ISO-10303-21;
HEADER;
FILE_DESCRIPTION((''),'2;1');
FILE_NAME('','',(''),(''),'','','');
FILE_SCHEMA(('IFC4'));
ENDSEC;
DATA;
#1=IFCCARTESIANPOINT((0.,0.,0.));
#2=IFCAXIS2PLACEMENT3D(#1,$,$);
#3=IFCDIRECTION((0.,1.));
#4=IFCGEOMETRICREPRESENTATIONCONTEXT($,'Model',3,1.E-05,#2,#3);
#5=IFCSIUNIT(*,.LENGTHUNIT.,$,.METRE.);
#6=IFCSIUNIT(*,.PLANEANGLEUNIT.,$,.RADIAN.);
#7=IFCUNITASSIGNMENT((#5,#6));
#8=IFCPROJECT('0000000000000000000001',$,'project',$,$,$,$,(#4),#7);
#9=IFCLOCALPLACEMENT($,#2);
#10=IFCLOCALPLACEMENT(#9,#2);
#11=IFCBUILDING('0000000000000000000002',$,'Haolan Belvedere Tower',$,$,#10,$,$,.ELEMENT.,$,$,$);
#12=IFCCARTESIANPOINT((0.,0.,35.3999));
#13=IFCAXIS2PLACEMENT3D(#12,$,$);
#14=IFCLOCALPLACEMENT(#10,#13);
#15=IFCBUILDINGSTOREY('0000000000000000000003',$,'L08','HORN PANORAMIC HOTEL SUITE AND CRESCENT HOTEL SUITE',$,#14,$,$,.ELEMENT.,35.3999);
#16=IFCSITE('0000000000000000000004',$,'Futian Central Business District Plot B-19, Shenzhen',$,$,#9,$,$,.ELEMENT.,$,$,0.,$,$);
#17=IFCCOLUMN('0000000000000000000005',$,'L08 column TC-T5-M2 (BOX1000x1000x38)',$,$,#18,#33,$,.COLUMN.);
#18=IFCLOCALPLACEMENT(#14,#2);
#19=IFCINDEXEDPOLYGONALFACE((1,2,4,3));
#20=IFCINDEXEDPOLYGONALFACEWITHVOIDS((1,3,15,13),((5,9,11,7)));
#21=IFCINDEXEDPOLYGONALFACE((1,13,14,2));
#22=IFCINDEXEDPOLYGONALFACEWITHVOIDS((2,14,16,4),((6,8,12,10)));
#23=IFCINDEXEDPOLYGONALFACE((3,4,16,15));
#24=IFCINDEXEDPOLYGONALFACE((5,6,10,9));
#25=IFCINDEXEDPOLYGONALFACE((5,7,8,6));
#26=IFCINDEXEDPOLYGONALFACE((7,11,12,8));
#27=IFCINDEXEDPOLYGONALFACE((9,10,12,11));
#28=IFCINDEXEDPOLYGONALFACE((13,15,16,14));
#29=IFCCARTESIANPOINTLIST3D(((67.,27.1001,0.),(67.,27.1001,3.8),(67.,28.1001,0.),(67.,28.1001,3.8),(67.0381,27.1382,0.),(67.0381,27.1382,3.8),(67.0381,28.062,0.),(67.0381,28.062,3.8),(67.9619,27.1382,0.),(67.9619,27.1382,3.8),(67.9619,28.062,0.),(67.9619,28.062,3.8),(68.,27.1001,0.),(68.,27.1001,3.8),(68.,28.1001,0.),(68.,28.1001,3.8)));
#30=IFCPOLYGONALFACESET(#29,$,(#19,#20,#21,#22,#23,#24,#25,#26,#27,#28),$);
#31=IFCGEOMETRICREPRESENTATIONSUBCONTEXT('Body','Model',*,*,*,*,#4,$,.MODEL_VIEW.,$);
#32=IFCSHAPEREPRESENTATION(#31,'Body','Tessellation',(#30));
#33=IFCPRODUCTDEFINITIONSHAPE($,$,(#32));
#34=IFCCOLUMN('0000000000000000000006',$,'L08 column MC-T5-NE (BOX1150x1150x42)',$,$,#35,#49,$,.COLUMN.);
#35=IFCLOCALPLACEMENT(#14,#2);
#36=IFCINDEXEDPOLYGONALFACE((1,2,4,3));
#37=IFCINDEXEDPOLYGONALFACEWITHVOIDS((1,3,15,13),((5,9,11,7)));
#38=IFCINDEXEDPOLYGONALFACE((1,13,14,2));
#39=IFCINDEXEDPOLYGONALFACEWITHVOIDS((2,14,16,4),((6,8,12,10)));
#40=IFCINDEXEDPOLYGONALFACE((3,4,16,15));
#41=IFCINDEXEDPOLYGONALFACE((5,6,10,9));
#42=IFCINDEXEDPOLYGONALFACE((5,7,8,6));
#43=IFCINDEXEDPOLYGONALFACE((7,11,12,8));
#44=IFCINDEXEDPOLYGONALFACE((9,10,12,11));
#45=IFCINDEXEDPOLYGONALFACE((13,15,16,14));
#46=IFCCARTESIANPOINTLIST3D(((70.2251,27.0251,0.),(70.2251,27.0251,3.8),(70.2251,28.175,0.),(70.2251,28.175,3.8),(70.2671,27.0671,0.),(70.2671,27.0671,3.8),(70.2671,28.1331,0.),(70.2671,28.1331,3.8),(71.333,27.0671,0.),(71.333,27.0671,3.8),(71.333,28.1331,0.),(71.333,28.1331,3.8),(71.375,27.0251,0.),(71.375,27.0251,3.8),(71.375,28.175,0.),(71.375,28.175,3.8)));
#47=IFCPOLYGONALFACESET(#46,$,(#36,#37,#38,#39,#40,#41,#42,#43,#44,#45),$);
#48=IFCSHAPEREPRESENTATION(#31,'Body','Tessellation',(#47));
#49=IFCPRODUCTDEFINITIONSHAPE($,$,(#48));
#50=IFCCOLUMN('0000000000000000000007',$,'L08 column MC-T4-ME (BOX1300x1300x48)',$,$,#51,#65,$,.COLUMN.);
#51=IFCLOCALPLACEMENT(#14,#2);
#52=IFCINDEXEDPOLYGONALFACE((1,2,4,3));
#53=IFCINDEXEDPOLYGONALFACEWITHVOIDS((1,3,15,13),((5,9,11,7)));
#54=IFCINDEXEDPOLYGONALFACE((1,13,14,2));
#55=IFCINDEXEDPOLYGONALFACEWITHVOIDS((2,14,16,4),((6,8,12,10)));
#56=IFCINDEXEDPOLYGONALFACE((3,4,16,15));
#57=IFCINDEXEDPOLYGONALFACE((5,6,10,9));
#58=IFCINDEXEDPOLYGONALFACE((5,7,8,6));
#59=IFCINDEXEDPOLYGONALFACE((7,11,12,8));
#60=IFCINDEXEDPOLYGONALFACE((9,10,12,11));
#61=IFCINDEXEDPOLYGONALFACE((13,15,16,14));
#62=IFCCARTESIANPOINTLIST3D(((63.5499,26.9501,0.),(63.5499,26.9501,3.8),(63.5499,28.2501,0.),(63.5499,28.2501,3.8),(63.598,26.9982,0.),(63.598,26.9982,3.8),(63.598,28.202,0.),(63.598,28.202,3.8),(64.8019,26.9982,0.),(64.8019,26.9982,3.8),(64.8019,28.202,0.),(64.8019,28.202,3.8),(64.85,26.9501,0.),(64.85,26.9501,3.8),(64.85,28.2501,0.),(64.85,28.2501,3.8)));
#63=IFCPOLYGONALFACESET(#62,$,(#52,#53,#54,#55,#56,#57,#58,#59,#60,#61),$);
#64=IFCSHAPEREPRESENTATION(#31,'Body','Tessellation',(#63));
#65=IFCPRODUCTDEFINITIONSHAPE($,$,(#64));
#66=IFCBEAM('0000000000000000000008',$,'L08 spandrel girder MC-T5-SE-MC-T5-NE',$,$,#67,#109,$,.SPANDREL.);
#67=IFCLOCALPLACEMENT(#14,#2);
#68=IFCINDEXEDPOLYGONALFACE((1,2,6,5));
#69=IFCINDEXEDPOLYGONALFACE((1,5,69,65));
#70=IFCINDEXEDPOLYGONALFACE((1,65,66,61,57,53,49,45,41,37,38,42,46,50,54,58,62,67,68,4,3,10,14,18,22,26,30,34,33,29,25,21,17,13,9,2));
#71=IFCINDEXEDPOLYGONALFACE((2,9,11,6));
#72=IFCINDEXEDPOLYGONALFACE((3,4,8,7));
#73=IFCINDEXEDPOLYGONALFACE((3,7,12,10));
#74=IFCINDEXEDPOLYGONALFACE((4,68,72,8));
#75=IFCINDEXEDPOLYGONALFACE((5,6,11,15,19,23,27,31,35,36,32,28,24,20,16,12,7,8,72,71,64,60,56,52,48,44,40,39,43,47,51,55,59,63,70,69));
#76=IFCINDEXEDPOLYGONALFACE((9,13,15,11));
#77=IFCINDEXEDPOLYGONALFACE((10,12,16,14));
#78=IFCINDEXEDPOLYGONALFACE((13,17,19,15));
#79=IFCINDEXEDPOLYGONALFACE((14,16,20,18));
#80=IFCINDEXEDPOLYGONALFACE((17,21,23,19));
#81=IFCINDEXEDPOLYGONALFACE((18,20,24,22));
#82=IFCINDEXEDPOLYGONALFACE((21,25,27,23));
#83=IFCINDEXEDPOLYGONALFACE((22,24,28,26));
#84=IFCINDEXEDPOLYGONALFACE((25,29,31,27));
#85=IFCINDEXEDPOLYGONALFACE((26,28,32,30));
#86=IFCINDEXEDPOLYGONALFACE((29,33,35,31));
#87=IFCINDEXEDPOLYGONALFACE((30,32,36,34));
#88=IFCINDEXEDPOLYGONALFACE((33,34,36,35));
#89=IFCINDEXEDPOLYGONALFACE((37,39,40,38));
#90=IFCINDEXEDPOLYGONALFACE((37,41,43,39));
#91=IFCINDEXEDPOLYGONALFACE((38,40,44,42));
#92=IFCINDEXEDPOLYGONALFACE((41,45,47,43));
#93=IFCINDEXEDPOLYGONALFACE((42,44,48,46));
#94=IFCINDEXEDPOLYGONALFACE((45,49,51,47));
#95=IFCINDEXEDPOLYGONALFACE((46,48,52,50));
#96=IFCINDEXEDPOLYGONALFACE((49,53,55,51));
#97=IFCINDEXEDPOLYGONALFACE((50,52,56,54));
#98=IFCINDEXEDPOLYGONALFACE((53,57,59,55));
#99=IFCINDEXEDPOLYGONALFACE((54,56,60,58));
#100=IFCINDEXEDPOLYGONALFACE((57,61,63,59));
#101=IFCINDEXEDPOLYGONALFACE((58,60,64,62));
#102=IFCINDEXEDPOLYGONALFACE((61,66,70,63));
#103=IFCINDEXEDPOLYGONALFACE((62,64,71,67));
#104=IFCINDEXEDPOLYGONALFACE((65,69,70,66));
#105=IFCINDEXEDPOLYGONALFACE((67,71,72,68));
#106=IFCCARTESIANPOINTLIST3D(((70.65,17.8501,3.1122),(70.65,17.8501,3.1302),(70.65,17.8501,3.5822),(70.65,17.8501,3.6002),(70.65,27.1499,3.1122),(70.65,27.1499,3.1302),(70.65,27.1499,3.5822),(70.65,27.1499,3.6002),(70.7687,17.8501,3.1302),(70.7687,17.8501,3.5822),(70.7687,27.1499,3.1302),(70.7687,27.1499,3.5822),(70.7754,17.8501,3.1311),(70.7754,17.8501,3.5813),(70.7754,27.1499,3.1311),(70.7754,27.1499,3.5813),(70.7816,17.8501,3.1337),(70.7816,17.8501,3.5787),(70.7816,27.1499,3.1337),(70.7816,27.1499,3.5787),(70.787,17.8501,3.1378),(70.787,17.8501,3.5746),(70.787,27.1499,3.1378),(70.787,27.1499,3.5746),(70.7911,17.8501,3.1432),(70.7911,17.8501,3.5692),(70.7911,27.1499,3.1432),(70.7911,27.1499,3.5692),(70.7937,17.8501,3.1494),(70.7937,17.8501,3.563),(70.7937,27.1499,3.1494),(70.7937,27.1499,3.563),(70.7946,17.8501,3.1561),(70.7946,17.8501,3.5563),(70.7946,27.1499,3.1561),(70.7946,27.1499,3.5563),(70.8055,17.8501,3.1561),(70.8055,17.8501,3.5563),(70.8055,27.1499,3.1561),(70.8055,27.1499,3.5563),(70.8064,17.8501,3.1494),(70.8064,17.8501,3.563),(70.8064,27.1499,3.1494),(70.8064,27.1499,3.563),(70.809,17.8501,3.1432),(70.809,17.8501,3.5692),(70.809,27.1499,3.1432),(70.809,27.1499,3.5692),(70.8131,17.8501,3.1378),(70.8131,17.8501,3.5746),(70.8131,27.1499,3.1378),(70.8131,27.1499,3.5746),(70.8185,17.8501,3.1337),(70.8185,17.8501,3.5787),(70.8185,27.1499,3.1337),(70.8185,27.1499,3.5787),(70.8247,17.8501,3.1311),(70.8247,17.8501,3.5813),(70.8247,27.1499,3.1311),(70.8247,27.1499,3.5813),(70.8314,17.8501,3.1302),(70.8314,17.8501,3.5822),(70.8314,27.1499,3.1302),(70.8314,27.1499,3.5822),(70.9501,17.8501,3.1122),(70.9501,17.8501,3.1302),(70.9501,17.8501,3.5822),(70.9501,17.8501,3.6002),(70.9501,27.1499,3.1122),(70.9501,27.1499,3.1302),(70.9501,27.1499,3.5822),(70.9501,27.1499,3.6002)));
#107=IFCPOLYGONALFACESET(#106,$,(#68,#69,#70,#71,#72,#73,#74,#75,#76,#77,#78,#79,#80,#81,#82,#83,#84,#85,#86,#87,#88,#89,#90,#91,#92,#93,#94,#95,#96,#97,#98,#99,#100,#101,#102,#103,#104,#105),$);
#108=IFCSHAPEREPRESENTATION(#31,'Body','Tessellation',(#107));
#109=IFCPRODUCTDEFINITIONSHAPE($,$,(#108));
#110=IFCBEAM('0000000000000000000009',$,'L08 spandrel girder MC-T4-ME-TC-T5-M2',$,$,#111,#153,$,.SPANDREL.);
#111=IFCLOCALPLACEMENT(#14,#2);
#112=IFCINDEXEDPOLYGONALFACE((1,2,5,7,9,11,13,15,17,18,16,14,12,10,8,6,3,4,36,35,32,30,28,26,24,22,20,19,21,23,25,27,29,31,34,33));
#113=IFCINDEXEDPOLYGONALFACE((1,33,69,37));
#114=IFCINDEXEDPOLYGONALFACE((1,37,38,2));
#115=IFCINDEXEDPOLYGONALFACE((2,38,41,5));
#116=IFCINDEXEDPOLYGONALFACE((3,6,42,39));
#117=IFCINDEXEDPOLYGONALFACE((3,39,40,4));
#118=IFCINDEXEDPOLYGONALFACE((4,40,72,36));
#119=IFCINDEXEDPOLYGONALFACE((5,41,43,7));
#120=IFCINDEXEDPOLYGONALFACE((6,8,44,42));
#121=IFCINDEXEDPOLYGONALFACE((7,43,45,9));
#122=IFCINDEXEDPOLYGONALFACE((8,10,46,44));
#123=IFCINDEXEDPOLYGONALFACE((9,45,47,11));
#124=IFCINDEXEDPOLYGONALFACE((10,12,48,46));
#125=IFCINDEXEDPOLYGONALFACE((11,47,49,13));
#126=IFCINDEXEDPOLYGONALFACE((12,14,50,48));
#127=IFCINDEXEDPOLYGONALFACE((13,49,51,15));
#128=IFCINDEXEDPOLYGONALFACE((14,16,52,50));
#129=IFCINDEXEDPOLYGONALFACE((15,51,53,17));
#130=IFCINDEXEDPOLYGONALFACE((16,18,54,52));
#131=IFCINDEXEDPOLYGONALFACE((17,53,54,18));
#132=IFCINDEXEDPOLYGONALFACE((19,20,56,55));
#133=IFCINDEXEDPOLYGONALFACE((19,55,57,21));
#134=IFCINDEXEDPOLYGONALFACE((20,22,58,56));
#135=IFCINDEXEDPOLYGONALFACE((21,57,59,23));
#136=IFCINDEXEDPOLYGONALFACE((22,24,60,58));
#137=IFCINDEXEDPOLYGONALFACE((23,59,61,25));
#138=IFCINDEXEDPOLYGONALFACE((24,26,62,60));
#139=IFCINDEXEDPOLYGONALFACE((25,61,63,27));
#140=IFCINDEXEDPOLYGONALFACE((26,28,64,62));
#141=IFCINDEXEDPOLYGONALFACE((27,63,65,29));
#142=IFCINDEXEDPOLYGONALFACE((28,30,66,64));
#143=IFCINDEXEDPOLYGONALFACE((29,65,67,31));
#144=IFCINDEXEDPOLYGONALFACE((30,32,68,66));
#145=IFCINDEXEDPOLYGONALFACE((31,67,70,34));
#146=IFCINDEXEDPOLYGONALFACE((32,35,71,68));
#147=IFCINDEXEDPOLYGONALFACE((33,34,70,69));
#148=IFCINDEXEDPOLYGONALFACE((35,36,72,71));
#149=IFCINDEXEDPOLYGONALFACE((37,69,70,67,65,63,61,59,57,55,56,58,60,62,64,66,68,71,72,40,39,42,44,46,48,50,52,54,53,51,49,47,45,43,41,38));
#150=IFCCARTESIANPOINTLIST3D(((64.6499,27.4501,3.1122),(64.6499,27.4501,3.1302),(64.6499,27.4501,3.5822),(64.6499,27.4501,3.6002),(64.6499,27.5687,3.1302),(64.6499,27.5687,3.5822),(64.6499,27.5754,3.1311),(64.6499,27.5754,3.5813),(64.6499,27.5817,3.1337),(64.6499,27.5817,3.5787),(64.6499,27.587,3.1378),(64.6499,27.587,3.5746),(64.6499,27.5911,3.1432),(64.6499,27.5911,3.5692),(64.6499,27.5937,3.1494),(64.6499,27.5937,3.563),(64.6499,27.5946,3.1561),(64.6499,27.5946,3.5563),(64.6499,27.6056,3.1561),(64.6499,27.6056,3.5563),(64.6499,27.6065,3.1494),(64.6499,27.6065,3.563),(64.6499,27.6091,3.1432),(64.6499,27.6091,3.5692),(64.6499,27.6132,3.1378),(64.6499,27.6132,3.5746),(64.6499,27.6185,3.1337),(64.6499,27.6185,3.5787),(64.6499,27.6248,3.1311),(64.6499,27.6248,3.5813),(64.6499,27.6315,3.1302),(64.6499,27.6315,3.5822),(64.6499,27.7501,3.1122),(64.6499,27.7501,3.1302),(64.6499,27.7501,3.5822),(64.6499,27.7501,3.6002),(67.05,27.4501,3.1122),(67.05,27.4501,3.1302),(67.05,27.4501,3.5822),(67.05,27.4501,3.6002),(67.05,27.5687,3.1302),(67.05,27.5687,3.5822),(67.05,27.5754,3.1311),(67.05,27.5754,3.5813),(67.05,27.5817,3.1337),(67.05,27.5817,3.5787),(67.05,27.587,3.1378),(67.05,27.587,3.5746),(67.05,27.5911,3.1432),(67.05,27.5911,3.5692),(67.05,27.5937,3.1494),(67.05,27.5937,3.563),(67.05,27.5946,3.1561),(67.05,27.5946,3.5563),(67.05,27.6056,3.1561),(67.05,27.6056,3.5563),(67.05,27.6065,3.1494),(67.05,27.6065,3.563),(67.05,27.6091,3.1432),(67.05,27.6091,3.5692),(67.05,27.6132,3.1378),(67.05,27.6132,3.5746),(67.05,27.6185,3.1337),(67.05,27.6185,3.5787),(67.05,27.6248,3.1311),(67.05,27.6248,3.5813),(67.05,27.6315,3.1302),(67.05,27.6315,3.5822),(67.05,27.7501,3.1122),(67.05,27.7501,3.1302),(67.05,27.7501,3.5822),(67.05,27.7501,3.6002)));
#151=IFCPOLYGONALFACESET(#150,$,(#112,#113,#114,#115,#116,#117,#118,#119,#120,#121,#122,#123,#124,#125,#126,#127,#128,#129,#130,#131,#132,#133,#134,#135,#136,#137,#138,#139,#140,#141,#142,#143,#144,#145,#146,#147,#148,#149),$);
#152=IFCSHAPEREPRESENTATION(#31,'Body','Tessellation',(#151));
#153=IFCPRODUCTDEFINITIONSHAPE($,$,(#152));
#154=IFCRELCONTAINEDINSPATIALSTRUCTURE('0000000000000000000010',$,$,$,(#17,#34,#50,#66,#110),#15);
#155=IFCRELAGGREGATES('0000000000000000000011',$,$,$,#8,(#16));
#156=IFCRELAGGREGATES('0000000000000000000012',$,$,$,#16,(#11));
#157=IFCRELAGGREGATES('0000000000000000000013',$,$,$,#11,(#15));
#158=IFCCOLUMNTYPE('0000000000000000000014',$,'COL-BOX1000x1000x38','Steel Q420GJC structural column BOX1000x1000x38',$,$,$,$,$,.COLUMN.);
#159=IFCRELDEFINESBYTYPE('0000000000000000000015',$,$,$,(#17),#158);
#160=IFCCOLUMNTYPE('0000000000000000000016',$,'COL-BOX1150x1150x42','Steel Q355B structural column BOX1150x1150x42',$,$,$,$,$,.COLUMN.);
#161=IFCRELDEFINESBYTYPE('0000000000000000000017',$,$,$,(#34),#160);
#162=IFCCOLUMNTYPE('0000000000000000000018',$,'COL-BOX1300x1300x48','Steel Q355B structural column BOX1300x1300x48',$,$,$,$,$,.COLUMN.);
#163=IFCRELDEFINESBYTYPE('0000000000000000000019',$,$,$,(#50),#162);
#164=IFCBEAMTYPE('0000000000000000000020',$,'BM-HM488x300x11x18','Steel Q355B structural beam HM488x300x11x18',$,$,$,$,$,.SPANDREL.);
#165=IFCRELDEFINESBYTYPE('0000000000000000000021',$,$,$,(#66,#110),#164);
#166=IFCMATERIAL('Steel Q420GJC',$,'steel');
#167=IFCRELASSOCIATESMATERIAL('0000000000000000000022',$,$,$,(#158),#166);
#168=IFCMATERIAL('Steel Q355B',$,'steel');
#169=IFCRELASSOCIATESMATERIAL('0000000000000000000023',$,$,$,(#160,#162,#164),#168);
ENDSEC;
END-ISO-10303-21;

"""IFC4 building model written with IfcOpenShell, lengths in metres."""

from ifc_helpers import new_model, si_unit, direction, frame, origin, origin_2d, place, context, subcontext, project, spatial, hollow_rectangle, i_section, extrude, material, material_profile, profile_set, type_object, element, save


model = new_model("IFC4")

# Units and contexts
model_context = context("Model", 3, precision=1e-05, world=origin(), true_north=direction((0.0, 1.0)))
body_context = subcontext(model_context, "Body", "Model", "MODEL_VIEW")
ifc_project = project(units=[si_unit("LENGTHUNIT", "METRE"), si_unit("PLANEANGLEUNIT", "RADIAN")], contexts=[model_context])

# Site, building, storey
site_placement = place(None, origin())
site = spatial("IfcSite", under=ifc_project, at=site_placement, Name="Futian Central Business District Plot B-19, Shenzhen", CompositionType="ELEMENT", RefElevation=0.0)
building_placement = place(site_placement, origin())
building = spatial("IfcBuilding", under=site, at=building_placement, Name="Haolan Belvedere Tower", CompositionType="ELEMENT")
storey_placement = place(building_placement, frame((0.0, 0.0, 35.3999)))
storey = spatial("IfcBuildingStorey", under=building, at=storey_placement, Name="L08", Description="HORN PANORAMIC HOTEL SUITE AND CRESCENT HOTEL SUITE", CompositionType="ELEMENT", Elevation=35.3999)

# Columns
ifc_material_1 = material(Name="Steel Q420GJC", Category="steel")
ifc_material_profile_1 = material_profile(ifc_material_1, hollow_rectangle(XDim=1.0, YDim=1.0, WallThickness=0.0381, at=origin_2d()), Name="Steel Q420GJC")
ifc_profile_set_1 = profile_set([ifc_material_profile_1], Name="Steel Q420GJC")
column_type_1 = type_object("IfcColumnType", Name="COL-BOX1000x1000x38", Description="Steel Q420GJC structural column BOX1000x1000x38", PredefinedType="COLUMN", material=ifc_profile_set_1)
column_1_placement = place(storey_placement, frame((67.5, 27.6001, 0.0), z_axis=(0.0, 0.0, 1.0), x_axis=(1.0, 0.0, 0.0)))
element("IfcColumn", 1, at=column_1_placement, inside=storey, type_object=column_type_1, Name="L08 column TC-T5-M2 (BOX1000x1000x38)", PredefinedType="COLUMN", context=body_context, shape_type="SweptSolid", body=[
    extrude(hollow_rectangle(XDim=1.0, YDim=1.0, WallThickness=0.0381, at=origin_2d()), origin(), (0.0, 0.0, 1.0), 3.8),
])
ifc_material_2 = material(Name="Steel Q355B", Category="steel")
ifc_material_profile_2 = material_profile(ifc_material_2, hollow_rectangle(XDim=1.1499, YDim=1.1499, WallThickness=0.042, at=origin_2d()), Name="Steel Q355B")
ifc_profile_set_2 = profile_set([ifc_material_profile_2], Name="Steel Q355B")
column_type_2 = type_object("IfcColumnType", Name="COL-BOX1150x1150x42", Description="Steel Q355B structural column BOX1150x1150x42", PredefinedType="COLUMN", material=ifc_profile_set_2)
column_2_placement = place(storey_placement, frame((70.8, 27.6001, 0.0), z_axis=(0.0, 0.0, 1.0), x_axis=(1.0, 0.0, 0.0)))
element("IfcColumn", 2, at=column_2_placement, inside=storey, type_object=column_type_2, Name="L08 column MC-T5-NE (BOX1150x1150x42)", PredefinedType="COLUMN", context=body_context, shape_type="SweptSolid", body=[
    extrude(hollow_rectangle(XDim=1.1499, YDim=1.1499, WallThickness=0.042, at=origin_2d()), origin(), (0.0, 0.0, 1.0), 3.8),
])
ifc_material_profile_3 = material_profile(ifc_material_2, hollow_rectangle(XDim=1.3, YDim=1.3, WallThickness=0.0481, at=origin_2d()), Name="Steel Q355B")
ifc_profile_set_3 = profile_set([ifc_material_profile_3], Name="Steel Q355B")
column_type_3 = type_object("IfcColumnType", Name="COL-BOX1300x1300x48", Description="Steel Q355B structural column BOX1300x1300x48", PredefinedType="COLUMN", material=ifc_profile_set_3)
column_3_placement = place(storey_placement, frame((64.2, 27.6001, 0.0), z_axis=(0.0, 0.0, 1.0), x_axis=(1.0, 0.0, 0.0)))
element("IfcColumn", 3, at=column_3_placement, inside=storey, type_object=column_type_3, Name="L08 column MC-T4-ME (BOX1300x1300x48)", PredefinedType="COLUMN", context=body_context, shape_type="SweptSolid", body=[
    extrude(hollow_rectangle(XDim=1.3, YDim=1.3, WallThickness=0.0481, at=origin_2d()), origin(), (0.0, 0.0, 1.0), 3.8),
])

# Beams
ifc_material_profile_4 = material_profile(ifc_material_2, i_section(OverallWidth=0.3, OverallDepth=0.488, WebThickness=0.011, FlangeThickness=0.0181, FilletRadius=0.0259, at=origin_2d()), Name="Steel Q355B")
ifc_profile_set_4 = profile_set([ifc_material_profile_4], Name="Steel Q355B")
beam_type = type_object("IfcBeamType", Name="BM-HM488x300x11x18", Description="Steel Q355B structural beam HM488x300x11x18", PredefinedType="SPANDREL", material=ifc_profile_set_4)
beam_placement = place(storey_placement, frame((70.8, 17.8501, 3.3562), z_axis=(0.0, 1.0, 0.0), x_axis=(-1.0, 0.0, 0.0)))
element("IfcBeam", 4, at=beam_placement, inside=storey, type_object=beam_type, Name="L08 spandrel girder MC-T5-SE-MC-T5-NE", PredefinedType="SPANDREL", context=body_context, shape_type="SweptSolid", body=[
    extrude(i_section(OverallWidth=0.3, OverallDepth=0.488, WebThickness=0.011, FlangeThickness=0.0181, FilletRadius=0.0259, at=origin_2d()), origin(), (0.0, 0.0, 1.0), 9.2998),
])
for number, where, z_axis, x_axis, name in (
    (5, (64.6499, 27.6001, 3.3562), (1.0, 0.0, 0.0), (0.0, 1.0, 0.0), "L08 spandrel girder MC-T4-ME-TC-T5-M2"),
):
    element("IfcBeam", number, at=place(storey_placement, frame(where, z_axis=z_axis, x_axis=x_axis)), inside=storey, type_object=beam_type, Name=name, PredefinedType="SPANDREL", context=body_context, shape_type="SweptSolid", body=[
        extrude(i_section(OverallWidth=0.3, OverallDepth=0.488, WebThickness=0.011, FlangeThickness=0.0181, FilletRadius=0.0259, at=origin_2d()), origin(), (0.0, 0.0, 1.0), 2.4001),
    ])

save(model, "model.ifc")
